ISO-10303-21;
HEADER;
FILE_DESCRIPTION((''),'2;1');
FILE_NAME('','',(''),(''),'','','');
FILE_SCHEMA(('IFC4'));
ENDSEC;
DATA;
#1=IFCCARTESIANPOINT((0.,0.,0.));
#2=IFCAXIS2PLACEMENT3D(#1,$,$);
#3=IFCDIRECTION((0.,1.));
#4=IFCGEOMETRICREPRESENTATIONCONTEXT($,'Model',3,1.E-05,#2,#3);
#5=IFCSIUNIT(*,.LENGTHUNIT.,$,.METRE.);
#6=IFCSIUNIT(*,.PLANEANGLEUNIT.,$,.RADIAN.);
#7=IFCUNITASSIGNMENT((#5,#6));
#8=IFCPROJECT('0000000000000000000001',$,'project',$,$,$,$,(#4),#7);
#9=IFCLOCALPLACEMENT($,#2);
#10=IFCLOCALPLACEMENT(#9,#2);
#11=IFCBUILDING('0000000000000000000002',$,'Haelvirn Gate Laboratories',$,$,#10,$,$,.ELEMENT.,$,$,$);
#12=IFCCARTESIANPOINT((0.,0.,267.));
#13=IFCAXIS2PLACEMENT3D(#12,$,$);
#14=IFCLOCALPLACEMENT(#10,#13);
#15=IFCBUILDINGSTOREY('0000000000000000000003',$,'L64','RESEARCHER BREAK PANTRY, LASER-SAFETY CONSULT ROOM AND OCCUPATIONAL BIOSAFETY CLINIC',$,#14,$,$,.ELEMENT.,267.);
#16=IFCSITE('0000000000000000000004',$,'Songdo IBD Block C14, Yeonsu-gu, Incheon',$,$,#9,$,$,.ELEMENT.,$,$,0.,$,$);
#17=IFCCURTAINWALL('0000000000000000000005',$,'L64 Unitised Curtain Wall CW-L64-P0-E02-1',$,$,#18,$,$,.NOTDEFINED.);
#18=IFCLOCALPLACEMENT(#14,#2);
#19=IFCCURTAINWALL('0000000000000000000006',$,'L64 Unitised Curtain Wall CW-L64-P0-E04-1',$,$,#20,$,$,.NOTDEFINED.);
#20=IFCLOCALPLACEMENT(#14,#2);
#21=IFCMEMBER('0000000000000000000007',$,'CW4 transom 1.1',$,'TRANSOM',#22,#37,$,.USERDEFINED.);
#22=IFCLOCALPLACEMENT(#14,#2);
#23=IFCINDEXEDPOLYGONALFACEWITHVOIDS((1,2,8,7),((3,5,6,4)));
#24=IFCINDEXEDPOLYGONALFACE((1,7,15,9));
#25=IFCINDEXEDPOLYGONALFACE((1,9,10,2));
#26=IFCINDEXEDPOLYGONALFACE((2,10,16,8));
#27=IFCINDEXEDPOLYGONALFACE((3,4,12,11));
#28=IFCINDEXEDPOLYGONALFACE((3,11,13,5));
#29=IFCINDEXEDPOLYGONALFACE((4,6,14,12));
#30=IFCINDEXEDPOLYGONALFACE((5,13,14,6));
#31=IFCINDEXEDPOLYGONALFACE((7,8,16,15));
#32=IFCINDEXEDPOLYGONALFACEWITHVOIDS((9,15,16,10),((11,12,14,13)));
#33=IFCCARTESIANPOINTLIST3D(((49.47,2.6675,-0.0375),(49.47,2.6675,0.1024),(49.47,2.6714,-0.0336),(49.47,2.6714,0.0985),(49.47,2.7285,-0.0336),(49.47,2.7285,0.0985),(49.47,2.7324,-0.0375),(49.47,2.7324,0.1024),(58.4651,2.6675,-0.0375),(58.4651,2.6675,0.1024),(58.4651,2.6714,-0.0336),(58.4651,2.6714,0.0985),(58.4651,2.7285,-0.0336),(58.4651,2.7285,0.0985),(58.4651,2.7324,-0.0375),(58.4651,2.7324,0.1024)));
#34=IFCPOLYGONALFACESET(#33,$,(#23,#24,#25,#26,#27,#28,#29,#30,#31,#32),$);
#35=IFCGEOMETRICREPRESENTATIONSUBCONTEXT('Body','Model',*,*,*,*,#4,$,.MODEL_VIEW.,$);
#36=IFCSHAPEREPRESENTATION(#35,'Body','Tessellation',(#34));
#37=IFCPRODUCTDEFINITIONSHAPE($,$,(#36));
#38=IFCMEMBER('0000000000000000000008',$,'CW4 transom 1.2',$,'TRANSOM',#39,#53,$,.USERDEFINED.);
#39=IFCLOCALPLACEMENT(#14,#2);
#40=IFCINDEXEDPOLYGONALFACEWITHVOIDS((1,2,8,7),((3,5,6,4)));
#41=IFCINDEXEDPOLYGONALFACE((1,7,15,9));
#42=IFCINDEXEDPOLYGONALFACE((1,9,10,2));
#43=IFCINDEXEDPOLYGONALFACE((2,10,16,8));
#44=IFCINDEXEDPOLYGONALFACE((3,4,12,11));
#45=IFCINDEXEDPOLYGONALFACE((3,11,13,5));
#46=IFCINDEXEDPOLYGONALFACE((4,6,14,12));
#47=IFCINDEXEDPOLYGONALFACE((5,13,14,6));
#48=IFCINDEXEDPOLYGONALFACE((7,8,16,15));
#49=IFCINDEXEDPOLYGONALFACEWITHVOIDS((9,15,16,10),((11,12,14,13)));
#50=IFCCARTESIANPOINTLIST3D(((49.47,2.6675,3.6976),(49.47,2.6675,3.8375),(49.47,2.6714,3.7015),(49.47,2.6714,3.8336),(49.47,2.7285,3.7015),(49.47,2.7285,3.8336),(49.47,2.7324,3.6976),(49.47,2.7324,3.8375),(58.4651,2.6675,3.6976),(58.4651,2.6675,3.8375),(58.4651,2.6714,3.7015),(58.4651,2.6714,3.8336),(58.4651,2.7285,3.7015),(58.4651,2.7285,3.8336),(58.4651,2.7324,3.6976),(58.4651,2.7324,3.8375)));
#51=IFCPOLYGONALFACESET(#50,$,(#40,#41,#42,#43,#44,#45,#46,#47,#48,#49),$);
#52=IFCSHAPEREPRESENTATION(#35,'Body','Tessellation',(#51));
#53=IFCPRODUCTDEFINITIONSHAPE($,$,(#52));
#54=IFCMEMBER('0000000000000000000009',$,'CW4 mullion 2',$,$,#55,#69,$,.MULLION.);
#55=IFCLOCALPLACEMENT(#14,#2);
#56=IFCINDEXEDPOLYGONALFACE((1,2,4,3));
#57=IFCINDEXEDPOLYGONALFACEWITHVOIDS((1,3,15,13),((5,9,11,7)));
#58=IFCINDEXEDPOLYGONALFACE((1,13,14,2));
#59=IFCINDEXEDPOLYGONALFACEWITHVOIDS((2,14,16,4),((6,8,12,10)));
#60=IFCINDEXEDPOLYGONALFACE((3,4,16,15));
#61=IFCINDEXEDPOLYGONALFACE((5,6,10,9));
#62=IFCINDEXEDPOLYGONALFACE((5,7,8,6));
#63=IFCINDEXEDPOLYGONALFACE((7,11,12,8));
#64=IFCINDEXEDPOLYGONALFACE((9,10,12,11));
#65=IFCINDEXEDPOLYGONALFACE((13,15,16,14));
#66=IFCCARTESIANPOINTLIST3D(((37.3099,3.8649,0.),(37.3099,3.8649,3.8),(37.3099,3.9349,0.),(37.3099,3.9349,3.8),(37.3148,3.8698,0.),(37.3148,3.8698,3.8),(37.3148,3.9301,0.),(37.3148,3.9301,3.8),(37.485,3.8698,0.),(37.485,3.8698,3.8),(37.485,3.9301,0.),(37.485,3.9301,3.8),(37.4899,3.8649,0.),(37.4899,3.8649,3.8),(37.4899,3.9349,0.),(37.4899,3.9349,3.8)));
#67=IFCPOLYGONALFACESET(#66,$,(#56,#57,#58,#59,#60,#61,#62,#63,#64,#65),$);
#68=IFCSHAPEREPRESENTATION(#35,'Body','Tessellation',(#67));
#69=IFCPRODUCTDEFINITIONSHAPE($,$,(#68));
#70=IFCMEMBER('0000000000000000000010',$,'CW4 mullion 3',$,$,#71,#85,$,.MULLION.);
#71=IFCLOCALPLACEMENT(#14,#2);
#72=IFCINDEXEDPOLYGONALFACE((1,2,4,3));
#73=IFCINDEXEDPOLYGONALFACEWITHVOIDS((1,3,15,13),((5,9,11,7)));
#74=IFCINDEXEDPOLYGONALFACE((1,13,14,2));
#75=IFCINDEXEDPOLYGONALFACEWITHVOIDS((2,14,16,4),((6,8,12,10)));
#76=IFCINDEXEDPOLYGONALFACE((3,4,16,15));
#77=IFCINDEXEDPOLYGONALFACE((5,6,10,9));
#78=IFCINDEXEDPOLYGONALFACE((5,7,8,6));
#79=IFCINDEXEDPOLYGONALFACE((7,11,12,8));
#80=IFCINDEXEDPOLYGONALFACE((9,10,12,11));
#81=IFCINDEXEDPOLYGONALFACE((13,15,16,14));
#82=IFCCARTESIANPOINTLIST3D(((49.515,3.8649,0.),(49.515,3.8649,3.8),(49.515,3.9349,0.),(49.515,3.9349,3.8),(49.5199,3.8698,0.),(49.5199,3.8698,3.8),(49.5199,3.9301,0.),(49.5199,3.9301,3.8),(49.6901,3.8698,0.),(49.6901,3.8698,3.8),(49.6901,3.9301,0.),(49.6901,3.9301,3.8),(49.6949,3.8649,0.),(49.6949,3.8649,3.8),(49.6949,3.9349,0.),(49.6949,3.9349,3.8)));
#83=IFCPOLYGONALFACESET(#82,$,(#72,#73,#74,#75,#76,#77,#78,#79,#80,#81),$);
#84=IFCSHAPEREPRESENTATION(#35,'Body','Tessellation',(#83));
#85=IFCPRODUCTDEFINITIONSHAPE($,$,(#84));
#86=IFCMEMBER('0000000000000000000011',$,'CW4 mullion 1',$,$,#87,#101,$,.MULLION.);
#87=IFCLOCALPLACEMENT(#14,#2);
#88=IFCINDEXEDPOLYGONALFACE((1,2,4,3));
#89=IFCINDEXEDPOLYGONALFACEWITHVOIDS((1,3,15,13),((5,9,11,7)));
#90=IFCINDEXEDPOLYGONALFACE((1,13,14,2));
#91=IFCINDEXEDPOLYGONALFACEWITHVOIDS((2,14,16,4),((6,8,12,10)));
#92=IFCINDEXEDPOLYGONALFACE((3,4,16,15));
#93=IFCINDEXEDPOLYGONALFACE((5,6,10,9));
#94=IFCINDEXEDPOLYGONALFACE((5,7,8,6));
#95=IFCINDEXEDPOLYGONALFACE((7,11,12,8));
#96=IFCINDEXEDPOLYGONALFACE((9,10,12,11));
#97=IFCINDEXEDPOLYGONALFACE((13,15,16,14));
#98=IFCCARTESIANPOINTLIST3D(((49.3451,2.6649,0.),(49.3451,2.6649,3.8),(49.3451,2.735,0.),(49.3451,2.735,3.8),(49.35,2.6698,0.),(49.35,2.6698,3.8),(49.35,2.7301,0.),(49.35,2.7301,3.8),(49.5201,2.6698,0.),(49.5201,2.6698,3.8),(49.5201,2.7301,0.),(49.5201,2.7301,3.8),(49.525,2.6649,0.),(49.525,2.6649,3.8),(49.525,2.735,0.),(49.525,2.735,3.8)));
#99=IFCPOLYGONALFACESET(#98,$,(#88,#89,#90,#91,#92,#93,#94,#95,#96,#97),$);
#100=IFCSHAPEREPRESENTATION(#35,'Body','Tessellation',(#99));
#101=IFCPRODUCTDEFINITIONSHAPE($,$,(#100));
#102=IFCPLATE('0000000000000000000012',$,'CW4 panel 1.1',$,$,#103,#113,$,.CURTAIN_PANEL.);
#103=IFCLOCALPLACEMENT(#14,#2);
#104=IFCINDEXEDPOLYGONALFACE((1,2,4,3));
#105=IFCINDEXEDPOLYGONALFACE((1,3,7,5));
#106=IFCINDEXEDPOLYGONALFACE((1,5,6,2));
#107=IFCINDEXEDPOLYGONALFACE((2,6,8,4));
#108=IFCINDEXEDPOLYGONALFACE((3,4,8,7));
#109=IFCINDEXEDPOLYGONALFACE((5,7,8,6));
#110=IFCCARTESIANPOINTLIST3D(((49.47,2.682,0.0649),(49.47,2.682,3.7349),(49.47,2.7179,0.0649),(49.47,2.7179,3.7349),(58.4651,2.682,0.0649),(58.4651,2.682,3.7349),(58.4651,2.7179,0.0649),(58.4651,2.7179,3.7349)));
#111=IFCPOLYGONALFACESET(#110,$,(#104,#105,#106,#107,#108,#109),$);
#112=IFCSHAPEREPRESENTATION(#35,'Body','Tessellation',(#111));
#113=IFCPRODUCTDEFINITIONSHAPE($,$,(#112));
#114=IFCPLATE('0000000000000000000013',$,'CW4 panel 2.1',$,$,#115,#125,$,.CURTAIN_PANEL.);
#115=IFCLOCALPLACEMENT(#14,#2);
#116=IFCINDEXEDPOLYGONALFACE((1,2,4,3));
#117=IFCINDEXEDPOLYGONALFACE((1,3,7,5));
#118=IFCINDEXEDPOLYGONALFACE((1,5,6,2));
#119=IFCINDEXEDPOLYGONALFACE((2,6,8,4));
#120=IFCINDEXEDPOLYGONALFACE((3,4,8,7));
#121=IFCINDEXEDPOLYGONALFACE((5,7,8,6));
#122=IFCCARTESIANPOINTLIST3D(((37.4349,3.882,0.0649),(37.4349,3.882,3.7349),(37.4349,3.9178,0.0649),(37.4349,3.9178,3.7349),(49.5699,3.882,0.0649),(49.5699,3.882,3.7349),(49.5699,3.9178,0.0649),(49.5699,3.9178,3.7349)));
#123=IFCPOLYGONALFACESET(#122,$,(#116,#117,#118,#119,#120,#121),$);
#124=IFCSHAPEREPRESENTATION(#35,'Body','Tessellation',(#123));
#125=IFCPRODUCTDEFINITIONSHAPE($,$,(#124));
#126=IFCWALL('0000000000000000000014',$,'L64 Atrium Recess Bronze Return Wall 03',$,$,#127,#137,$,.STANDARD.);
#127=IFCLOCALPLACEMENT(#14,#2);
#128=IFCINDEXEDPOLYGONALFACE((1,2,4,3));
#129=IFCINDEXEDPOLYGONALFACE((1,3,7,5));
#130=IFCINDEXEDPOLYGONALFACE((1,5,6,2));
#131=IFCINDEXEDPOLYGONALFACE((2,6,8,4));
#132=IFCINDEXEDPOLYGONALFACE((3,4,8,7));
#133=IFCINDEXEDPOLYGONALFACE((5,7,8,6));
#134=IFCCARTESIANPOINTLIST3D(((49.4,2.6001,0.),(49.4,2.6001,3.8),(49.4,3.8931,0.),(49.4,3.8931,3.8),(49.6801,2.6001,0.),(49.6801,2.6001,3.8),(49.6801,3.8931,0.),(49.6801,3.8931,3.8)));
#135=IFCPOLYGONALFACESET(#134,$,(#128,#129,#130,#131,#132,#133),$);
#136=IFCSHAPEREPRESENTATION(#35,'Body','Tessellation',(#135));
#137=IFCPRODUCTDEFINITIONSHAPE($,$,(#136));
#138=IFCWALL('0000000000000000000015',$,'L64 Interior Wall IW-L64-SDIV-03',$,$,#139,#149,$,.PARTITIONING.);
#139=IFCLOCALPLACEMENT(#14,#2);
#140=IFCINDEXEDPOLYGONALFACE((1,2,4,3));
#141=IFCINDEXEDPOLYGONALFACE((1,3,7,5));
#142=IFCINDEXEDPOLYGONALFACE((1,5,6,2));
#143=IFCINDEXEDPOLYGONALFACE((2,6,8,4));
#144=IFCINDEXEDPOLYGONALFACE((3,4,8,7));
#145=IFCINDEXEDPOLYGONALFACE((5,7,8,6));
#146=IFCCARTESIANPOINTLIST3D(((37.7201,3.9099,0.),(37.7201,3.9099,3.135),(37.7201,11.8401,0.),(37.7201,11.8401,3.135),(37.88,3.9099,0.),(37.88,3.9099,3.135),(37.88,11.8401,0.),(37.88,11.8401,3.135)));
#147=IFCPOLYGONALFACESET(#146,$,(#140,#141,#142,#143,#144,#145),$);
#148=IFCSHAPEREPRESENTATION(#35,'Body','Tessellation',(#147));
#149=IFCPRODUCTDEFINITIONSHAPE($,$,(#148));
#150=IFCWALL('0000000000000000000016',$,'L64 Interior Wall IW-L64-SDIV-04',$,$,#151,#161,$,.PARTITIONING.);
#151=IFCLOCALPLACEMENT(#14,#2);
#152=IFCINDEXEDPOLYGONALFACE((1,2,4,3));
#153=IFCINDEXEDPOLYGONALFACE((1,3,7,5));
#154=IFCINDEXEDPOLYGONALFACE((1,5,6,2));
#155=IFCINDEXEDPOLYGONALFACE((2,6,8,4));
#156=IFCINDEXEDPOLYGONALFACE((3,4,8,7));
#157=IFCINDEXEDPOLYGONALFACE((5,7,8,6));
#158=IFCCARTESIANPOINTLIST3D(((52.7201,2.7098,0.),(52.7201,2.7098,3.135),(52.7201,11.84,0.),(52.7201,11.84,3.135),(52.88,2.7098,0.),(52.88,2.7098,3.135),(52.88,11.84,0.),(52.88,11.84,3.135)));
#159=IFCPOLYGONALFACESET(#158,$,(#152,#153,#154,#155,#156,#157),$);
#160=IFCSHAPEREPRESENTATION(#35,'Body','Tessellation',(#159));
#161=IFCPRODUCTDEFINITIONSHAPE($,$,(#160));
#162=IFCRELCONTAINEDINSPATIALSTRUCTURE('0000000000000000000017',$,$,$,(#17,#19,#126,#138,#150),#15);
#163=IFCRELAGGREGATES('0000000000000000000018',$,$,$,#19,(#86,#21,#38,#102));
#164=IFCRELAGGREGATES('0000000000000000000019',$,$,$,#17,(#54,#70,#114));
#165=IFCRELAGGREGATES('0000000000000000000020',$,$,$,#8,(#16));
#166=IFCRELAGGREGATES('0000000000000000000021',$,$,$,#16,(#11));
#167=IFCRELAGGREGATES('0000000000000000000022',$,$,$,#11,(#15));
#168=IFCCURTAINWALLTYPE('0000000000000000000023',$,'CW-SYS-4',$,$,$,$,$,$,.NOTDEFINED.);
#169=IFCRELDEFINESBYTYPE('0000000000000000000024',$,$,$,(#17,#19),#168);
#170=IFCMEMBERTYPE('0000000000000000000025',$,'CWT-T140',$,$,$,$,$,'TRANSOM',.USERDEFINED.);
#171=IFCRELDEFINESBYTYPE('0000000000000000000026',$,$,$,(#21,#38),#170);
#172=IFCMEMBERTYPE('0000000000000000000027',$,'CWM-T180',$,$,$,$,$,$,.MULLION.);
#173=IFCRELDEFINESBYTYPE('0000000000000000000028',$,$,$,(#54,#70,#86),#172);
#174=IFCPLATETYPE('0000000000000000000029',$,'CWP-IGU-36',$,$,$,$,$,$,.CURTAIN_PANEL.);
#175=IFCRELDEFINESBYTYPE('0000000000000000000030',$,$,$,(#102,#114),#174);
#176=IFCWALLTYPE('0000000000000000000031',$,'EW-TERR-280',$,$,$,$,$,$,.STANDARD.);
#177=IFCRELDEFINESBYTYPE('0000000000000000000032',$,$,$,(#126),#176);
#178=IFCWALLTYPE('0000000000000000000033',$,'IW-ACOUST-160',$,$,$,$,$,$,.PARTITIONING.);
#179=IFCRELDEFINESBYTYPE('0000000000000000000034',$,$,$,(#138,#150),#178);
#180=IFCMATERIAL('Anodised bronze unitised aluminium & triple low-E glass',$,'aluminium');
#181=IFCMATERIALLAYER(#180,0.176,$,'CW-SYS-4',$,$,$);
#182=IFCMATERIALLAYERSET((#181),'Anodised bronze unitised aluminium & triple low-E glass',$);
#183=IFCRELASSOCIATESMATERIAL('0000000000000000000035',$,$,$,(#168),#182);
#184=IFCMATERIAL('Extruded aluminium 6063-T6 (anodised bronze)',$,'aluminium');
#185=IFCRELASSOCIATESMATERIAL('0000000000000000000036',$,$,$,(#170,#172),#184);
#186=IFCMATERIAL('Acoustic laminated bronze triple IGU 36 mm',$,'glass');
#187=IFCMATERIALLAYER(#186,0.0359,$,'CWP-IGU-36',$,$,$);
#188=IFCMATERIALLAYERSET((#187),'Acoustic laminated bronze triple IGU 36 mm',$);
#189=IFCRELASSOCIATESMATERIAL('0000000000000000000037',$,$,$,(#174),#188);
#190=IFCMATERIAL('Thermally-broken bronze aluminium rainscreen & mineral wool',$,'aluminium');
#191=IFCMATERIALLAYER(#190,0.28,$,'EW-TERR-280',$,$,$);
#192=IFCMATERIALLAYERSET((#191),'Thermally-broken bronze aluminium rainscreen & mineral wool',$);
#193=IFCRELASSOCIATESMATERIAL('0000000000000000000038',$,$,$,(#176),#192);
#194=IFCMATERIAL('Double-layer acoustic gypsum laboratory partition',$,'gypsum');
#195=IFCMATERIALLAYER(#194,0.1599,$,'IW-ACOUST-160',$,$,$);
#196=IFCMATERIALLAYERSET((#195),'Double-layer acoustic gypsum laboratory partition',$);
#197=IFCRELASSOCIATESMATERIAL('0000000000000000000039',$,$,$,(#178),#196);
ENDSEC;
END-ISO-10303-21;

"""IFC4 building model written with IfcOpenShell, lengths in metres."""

from ifc_helpers import new_model, si_unit, direction, frame, frame_2d, origin, origin_2d, place, context, subcontext, project, spatial, rectangle, hollow_rectangle, extrude, source, transform, mapped, material, layer, layer_set, material_profile, profile_set, type_object, type_shapes, element, aggregate, save


model = new_model("IFC4")

# Units and contexts
model_context = context("Model", 3, precision=1e-05, world=origin(), true_north=direction((0.0, 1.0)))
body_context = subcontext(model_context, "Body", "Model", "MODEL_VIEW")
ifc_project = project(units=[si_unit("LENGTHUNIT", "METRE"), si_unit("PLANEANGLEUNIT", "RADIAN")], contexts=[model_context])

# Site, building, storey
site_placement = place(None, origin())
site = spatial("IfcSite", under=ifc_project, at=site_placement, Name="Songdo IBD Block C14, Yeonsu-gu, Incheon", CompositionType="ELEMENT", RefElevation=0.0)
building_placement = place(site_placement, origin())
building = spatial("IfcBuilding", under=site, at=building_placement, Name="Haelvirn Gate Laboratories", CompositionType="ELEMENT")
storey_placement = place(building_placement, frame((0.0, 0.0, 267.0)))
storey = spatial("IfcBuildingStorey", under=building, at=storey_placement, Name="L64", Description="RESEARCHER BREAK PANTRY, LASER-SAFETY CONSULT ROOM AND OCCUPATIONAL BIOSAFETY CLINIC", CompositionType="ELEMENT", Elevation=267.0)

# Curtain walls, members
ifc_material_1 = material(Name="Anodised bronze unitised aluminium & triple low-E glass", Category="aluminium")
ifc_layer_1 = layer(ifc_material_1, 0.176, Name="CW-SYS-4")
ifc_layer_set_1 = layer_set([ifc_layer_1], Name="Anodised bronze unitised aluminium & triple low-E glass")
curtain_wall_type = type_object("IfcCurtainWallType", Name="CW-SYS-4", PredefinedType="NOTDEFINED", material=ifc_layer_set_1)
curtain_wall_1_placement = place(storey_placement, origin())
curtain_wall_1 = element("IfcCurtainWall", 1, at=curtain_wall_1_placement, inside=storey, type_object=curtain_wall_type, Name="L64 Unitised Curtain Wall CW-L64-P0-E02-1", PredefinedType="NOTDEFINED")
ifc_material_2 = material(Name="Extruded aluminium 6063-T6 (anodised bronze)", Category="aluminium")
ifc_material_profile_1 = material_profile(ifc_material_2, hollow_rectangle(XDim=0.0649, YDim=0.1399, WallThickness=0.0039, at=origin_2d()), Name="CWT-140x65x4")
ifc_profile_set_1 = profile_set([ifc_material_profile_1], Name="Extruded aluminium 6063-T6 (anodised bronze)")
member_type_1 = type_object("IfcMemberType", Name="CWT-T140", ElementType="TRANSOM", PredefinedType="USERDEFINED", material=ifc_profile_set_1)
curtain_wall_2_placement = place(storey_placement, origin())
curtain_wall_2 = element("IfcCurtainWall", 2, at=curtain_wall_2_placement, inside=storey, type_object=curtain_wall_type, Name="L64 Unitised Curtain Wall CW-L64-P0-E04-1", PredefinedType="NOTDEFINED")
shared_shape_1 = source(origin(), body_context, "Body", "SweptSolid", [
    extrude(hollow_rectangle(XDim=0.0649, YDim=0.1399, WallThickness=0.0039, at=origin_2d()), origin(), (0.0, 0.0, 1.0), 8.9951),
])
member_1_placement = place(storey_placement, frame((49.47, 2.7, 0.0325), z_axis=(1.0, 0.0, 0.0), x_axis=(0.0, 1.0, 0.0)))
member_1 = element("IfcMember", 3, at=member_1_placement, type_object=member_type_1, Name="CW4 transom 1.1", ObjectType="TRANSOM", PredefinedType="USERDEFINED", context=body_context, shape_type="MappedRepresentation", body=[
    mapped(shared_shape_1, transform((0.0, 0.0, 0.0), scale=1.0)),
])
member_2_placement = place(storey_placement, frame((49.47, 2.7, 3.7676), z_axis=(1.0, 0.0, 0.0), x_axis=(0.0, 1.0, 0.0)))
member_2 = element("IfcMember", 4, at=member_2_placement, type_object=member_type_1, Name="CW4 transom 1.2", ObjectType="TRANSOM", PredefinedType="USERDEFINED", context=body_context, shape_type="MappedRepresentation", body=[
    mapped(shared_shape_1, transform((0.0, 0.0, 0.0), scale=1.0)),
])

# Members
ifc_material_profile_2 = material_profile(ifc_material_2, hollow_rectangle(XDim=0.0701, YDim=0.1799, WallThickness=0.0049, at=origin_2d()), Name="CWM-180x70x5")
ifc_profile_set_2 = profile_set([ifc_material_profile_2], Name="Extruded aluminium 6063-T6 (anodised bronze)")
member_type_2 = type_object("IfcMemberType", Name="CWM-T180", PredefinedType="MULLION", material=ifc_profile_set_2)
shared_shape_2 = source(origin(), body_context, "Body", "SweptSolid", [
    extrude(hollow_rectangle(XDim=0.0701, YDim=0.1799, WallThickness=0.0049, at=origin_2d()), origin(), (0.0, 0.0, 1.0), 3.8),
])
type_shapes(member_type_2, [shared_shape_2])
member_3_placement = place(storey_placement, frame((37.3999, 3.8999, 0.0), z_axis=(0.0, 0.0, 1.0), x_axis=(0.0, 1.0, 0.0)))
member_3 = element("IfcMember", 5, at=member_3_placement, type_object=member_type_2, Name="CW4 mullion 2", PredefinedType="MULLION", context=body_context, shape_type="MappedRepresentation", body=[
    mapped(shared_shape_2, transform((0.0, 0.0, 0.0), scale=1.0)),
])
member_4_placement = place(storey_placement, frame((49.605, 3.8999, 0.0), z_axis=(0.0, 0.0, 1.0), x_axis=(0.0, 1.0, 0.0)))
member_4 = element("IfcMember", 6, at=member_4_placement, type_object=member_type_2, Name="CW4 mullion 3", PredefinedType="MULLION", context=body_context, shape_type="MappedRepresentation", body=[
    mapped(shared_shape_2, transform((0.0, 0.0, 0.0), scale=1.0)),
])
member_5_placement = place(storey_placement, frame((49.4351, 2.7, 0.0), z_axis=(0.0, 0.0, 1.0), x_axis=(0.0, 1.0, 0.0)))
member_5 = element("IfcMember", 7, at=member_5_placement, type_object=member_type_2, Name="CW4 mullion 1", PredefinedType="MULLION", context=body_context, shape_type="MappedRepresentation", body=[
    mapped(shared_shape_2, transform((0.0, 0.0, 0.0), scale=1.0)),
])

# Plates
ifc_material_3 = material(Name="Acoustic laminated bronze triple IGU 36 mm", Category="glass")
ifc_layer_2 = layer(ifc_material_3, 0.0359, Name="CWP-IGU-36")
ifc_layer_set_2 = layer_set([ifc_layer_2], Name="Acoustic laminated bronze triple IGU 36 mm")
plate_type = type_object("IfcPlateType", Name="CWP-IGU-36", PredefinedType="CURTAIN_PANEL", material=ifc_layer_set_2)
shared_shape_3 = source(origin(), body_context, "Body", "SweptSolid", [
    extrude(rectangle(XDim=8.9951, YDim=0.0359, at=origin_2d()), origin(), (0.0, 0.0, 1.0), 3.6699),
])
plate_1_placement = place(storey_placement, frame((53.9675, 2.7, 0.0649), z_axis=(0.0, 0.0, 1.0), x_axis=(1.0, 0.0, 0.0)))
plate_1 = element("IfcPlate", 8, at=plate_1_placement, type_object=plate_type, Name="CW4 panel 1.1", PredefinedType="CURTAIN_PANEL", context=body_context, shape_type="MappedRepresentation", body=[
    mapped(shared_shape_3, transform((0.0, 0.0, 0.0), scale=1.0)),
])
aggregate(curtain_wall_2, [member_5, member_1, member_2, plate_1])
shared_shape_4 = source(origin(), body_context, "Body", "SweptSolid", [
    extrude(rectangle(XDim=12.135, YDim=0.0359, at=origin_2d()), origin(), (0.0, 0.0, 1.0), 3.6699),
])
type_shapes(plate_type, [shared_shape_3, shared_shape_4])
plate_2_placement = place(storey_placement, frame((43.5024, 3.8999, 0.0649), z_axis=(0.0, 0.0, 1.0), x_axis=(1.0, 0.0, 0.0)))
plate_2 = element("IfcPlate", 9, at=plate_2_placement, type_object=plate_type, Name="CW4 panel 2.1", PredefinedType="CURTAIN_PANEL", context=body_context, shape_type="MappedRepresentation", body=[
    mapped(shared_shape_4, transform((0.0, 0.0, 0.0), scale=1.0)),
])
aggregate(curtain_wall_1, [member_3, member_4, plate_2])

# Walls
ifc_material_4 = material(Name="Thermally-broken bronze aluminium rainscreen & mineral wool", Category="aluminium")
ifc_layer_3 = layer(ifc_material_4, 0.28, Name="EW-TERR-280")
ifc_layer_set_3 = layer_set([ifc_layer_3], Name="Thermally-broken bronze aluminium rainscreen & mineral wool")
wall_type_1 = type_object("IfcWallType", Name="EW-TERR-280", PredefinedType="STANDARD", material=ifc_layer_set_3)
wall_1_placement = place(storey_placement, frame((49.54, 3.8931, 0.0), z_axis=(0.0, 0.0, 1.0), x_axis=(0.0, -1.0, 0.0)))
element("IfcWall", 10, at=wall_1_placement, inside=storey, type_object=wall_type_1, Name="L64 Atrium Recess Bronze Return Wall 03", PredefinedType="STANDARD", context=body_context, shape_type="SweptSolid", body=[
    extrude(rectangle(XDim=1.293, YDim=0.28, at=frame_2d((0.6465, 0.0))), origin(), (0.0, 0.0, 1.0), 3.8),
])
ifc_material_5 = material(Name="Double-layer acoustic gypsum laboratory partition", Category="gypsum")
ifc_layer_4 = layer(ifc_material_5, 0.1599, Name="IW-ACOUST-160")
ifc_layer_set_4 = layer_set([ifc_layer_4], Name="Double-layer acoustic gypsum laboratory partition")
wall_type_2 = type_object("IfcWallType", Name="IW-ACOUST-160", PredefinedType="PARTITIONING", material=ifc_layer_set_4)
wall_2_placement = place(storey_placement, frame((37.8, 3.9099, 0.0), z_axis=(0.0, 0.0, 1.0), x_axis=(0.0, 1.0, 0.0)))
element("IfcWall", 11, at=wall_2_placement, inside=storey, type_object=wall_type_2, Name="L64 Interior Wall IW-L64-SDIV-03", PredefinedType="PARTITIONING", context=body_context, shape_type="SweptSolid", body=[
    extrude(rectangle(XDim=7.9302, YDim=0.1599, at=frame_2d((3.9651, 0.0))), origin(), (0.0, 0.0, 1.0), 3.135),
])
wall_3_placement = place(storey_placement, frame((52.8, 2.71, 0.0), z_axis=(0.0, 0.0, 1.0), x_axis=(0.0, 1.0, 0.0)))
element("IfcWall", 12, at=wall_3_placement, inside=storey, type_object=wall_type_2, Name="L64 Interior Wall IW-L64-SDIV-04", PredefinedType="PARTITIONING", context=body_context, shape_type="SweptSolid", body=[
    extrude(rectangle(XDim=9.1301, YDim=0.1599, at=frame_2d((4.5649, 0.0))), origin(), (0.0, 0.0, 1.0), 3.135),
])

save(model, "model.ifc")
